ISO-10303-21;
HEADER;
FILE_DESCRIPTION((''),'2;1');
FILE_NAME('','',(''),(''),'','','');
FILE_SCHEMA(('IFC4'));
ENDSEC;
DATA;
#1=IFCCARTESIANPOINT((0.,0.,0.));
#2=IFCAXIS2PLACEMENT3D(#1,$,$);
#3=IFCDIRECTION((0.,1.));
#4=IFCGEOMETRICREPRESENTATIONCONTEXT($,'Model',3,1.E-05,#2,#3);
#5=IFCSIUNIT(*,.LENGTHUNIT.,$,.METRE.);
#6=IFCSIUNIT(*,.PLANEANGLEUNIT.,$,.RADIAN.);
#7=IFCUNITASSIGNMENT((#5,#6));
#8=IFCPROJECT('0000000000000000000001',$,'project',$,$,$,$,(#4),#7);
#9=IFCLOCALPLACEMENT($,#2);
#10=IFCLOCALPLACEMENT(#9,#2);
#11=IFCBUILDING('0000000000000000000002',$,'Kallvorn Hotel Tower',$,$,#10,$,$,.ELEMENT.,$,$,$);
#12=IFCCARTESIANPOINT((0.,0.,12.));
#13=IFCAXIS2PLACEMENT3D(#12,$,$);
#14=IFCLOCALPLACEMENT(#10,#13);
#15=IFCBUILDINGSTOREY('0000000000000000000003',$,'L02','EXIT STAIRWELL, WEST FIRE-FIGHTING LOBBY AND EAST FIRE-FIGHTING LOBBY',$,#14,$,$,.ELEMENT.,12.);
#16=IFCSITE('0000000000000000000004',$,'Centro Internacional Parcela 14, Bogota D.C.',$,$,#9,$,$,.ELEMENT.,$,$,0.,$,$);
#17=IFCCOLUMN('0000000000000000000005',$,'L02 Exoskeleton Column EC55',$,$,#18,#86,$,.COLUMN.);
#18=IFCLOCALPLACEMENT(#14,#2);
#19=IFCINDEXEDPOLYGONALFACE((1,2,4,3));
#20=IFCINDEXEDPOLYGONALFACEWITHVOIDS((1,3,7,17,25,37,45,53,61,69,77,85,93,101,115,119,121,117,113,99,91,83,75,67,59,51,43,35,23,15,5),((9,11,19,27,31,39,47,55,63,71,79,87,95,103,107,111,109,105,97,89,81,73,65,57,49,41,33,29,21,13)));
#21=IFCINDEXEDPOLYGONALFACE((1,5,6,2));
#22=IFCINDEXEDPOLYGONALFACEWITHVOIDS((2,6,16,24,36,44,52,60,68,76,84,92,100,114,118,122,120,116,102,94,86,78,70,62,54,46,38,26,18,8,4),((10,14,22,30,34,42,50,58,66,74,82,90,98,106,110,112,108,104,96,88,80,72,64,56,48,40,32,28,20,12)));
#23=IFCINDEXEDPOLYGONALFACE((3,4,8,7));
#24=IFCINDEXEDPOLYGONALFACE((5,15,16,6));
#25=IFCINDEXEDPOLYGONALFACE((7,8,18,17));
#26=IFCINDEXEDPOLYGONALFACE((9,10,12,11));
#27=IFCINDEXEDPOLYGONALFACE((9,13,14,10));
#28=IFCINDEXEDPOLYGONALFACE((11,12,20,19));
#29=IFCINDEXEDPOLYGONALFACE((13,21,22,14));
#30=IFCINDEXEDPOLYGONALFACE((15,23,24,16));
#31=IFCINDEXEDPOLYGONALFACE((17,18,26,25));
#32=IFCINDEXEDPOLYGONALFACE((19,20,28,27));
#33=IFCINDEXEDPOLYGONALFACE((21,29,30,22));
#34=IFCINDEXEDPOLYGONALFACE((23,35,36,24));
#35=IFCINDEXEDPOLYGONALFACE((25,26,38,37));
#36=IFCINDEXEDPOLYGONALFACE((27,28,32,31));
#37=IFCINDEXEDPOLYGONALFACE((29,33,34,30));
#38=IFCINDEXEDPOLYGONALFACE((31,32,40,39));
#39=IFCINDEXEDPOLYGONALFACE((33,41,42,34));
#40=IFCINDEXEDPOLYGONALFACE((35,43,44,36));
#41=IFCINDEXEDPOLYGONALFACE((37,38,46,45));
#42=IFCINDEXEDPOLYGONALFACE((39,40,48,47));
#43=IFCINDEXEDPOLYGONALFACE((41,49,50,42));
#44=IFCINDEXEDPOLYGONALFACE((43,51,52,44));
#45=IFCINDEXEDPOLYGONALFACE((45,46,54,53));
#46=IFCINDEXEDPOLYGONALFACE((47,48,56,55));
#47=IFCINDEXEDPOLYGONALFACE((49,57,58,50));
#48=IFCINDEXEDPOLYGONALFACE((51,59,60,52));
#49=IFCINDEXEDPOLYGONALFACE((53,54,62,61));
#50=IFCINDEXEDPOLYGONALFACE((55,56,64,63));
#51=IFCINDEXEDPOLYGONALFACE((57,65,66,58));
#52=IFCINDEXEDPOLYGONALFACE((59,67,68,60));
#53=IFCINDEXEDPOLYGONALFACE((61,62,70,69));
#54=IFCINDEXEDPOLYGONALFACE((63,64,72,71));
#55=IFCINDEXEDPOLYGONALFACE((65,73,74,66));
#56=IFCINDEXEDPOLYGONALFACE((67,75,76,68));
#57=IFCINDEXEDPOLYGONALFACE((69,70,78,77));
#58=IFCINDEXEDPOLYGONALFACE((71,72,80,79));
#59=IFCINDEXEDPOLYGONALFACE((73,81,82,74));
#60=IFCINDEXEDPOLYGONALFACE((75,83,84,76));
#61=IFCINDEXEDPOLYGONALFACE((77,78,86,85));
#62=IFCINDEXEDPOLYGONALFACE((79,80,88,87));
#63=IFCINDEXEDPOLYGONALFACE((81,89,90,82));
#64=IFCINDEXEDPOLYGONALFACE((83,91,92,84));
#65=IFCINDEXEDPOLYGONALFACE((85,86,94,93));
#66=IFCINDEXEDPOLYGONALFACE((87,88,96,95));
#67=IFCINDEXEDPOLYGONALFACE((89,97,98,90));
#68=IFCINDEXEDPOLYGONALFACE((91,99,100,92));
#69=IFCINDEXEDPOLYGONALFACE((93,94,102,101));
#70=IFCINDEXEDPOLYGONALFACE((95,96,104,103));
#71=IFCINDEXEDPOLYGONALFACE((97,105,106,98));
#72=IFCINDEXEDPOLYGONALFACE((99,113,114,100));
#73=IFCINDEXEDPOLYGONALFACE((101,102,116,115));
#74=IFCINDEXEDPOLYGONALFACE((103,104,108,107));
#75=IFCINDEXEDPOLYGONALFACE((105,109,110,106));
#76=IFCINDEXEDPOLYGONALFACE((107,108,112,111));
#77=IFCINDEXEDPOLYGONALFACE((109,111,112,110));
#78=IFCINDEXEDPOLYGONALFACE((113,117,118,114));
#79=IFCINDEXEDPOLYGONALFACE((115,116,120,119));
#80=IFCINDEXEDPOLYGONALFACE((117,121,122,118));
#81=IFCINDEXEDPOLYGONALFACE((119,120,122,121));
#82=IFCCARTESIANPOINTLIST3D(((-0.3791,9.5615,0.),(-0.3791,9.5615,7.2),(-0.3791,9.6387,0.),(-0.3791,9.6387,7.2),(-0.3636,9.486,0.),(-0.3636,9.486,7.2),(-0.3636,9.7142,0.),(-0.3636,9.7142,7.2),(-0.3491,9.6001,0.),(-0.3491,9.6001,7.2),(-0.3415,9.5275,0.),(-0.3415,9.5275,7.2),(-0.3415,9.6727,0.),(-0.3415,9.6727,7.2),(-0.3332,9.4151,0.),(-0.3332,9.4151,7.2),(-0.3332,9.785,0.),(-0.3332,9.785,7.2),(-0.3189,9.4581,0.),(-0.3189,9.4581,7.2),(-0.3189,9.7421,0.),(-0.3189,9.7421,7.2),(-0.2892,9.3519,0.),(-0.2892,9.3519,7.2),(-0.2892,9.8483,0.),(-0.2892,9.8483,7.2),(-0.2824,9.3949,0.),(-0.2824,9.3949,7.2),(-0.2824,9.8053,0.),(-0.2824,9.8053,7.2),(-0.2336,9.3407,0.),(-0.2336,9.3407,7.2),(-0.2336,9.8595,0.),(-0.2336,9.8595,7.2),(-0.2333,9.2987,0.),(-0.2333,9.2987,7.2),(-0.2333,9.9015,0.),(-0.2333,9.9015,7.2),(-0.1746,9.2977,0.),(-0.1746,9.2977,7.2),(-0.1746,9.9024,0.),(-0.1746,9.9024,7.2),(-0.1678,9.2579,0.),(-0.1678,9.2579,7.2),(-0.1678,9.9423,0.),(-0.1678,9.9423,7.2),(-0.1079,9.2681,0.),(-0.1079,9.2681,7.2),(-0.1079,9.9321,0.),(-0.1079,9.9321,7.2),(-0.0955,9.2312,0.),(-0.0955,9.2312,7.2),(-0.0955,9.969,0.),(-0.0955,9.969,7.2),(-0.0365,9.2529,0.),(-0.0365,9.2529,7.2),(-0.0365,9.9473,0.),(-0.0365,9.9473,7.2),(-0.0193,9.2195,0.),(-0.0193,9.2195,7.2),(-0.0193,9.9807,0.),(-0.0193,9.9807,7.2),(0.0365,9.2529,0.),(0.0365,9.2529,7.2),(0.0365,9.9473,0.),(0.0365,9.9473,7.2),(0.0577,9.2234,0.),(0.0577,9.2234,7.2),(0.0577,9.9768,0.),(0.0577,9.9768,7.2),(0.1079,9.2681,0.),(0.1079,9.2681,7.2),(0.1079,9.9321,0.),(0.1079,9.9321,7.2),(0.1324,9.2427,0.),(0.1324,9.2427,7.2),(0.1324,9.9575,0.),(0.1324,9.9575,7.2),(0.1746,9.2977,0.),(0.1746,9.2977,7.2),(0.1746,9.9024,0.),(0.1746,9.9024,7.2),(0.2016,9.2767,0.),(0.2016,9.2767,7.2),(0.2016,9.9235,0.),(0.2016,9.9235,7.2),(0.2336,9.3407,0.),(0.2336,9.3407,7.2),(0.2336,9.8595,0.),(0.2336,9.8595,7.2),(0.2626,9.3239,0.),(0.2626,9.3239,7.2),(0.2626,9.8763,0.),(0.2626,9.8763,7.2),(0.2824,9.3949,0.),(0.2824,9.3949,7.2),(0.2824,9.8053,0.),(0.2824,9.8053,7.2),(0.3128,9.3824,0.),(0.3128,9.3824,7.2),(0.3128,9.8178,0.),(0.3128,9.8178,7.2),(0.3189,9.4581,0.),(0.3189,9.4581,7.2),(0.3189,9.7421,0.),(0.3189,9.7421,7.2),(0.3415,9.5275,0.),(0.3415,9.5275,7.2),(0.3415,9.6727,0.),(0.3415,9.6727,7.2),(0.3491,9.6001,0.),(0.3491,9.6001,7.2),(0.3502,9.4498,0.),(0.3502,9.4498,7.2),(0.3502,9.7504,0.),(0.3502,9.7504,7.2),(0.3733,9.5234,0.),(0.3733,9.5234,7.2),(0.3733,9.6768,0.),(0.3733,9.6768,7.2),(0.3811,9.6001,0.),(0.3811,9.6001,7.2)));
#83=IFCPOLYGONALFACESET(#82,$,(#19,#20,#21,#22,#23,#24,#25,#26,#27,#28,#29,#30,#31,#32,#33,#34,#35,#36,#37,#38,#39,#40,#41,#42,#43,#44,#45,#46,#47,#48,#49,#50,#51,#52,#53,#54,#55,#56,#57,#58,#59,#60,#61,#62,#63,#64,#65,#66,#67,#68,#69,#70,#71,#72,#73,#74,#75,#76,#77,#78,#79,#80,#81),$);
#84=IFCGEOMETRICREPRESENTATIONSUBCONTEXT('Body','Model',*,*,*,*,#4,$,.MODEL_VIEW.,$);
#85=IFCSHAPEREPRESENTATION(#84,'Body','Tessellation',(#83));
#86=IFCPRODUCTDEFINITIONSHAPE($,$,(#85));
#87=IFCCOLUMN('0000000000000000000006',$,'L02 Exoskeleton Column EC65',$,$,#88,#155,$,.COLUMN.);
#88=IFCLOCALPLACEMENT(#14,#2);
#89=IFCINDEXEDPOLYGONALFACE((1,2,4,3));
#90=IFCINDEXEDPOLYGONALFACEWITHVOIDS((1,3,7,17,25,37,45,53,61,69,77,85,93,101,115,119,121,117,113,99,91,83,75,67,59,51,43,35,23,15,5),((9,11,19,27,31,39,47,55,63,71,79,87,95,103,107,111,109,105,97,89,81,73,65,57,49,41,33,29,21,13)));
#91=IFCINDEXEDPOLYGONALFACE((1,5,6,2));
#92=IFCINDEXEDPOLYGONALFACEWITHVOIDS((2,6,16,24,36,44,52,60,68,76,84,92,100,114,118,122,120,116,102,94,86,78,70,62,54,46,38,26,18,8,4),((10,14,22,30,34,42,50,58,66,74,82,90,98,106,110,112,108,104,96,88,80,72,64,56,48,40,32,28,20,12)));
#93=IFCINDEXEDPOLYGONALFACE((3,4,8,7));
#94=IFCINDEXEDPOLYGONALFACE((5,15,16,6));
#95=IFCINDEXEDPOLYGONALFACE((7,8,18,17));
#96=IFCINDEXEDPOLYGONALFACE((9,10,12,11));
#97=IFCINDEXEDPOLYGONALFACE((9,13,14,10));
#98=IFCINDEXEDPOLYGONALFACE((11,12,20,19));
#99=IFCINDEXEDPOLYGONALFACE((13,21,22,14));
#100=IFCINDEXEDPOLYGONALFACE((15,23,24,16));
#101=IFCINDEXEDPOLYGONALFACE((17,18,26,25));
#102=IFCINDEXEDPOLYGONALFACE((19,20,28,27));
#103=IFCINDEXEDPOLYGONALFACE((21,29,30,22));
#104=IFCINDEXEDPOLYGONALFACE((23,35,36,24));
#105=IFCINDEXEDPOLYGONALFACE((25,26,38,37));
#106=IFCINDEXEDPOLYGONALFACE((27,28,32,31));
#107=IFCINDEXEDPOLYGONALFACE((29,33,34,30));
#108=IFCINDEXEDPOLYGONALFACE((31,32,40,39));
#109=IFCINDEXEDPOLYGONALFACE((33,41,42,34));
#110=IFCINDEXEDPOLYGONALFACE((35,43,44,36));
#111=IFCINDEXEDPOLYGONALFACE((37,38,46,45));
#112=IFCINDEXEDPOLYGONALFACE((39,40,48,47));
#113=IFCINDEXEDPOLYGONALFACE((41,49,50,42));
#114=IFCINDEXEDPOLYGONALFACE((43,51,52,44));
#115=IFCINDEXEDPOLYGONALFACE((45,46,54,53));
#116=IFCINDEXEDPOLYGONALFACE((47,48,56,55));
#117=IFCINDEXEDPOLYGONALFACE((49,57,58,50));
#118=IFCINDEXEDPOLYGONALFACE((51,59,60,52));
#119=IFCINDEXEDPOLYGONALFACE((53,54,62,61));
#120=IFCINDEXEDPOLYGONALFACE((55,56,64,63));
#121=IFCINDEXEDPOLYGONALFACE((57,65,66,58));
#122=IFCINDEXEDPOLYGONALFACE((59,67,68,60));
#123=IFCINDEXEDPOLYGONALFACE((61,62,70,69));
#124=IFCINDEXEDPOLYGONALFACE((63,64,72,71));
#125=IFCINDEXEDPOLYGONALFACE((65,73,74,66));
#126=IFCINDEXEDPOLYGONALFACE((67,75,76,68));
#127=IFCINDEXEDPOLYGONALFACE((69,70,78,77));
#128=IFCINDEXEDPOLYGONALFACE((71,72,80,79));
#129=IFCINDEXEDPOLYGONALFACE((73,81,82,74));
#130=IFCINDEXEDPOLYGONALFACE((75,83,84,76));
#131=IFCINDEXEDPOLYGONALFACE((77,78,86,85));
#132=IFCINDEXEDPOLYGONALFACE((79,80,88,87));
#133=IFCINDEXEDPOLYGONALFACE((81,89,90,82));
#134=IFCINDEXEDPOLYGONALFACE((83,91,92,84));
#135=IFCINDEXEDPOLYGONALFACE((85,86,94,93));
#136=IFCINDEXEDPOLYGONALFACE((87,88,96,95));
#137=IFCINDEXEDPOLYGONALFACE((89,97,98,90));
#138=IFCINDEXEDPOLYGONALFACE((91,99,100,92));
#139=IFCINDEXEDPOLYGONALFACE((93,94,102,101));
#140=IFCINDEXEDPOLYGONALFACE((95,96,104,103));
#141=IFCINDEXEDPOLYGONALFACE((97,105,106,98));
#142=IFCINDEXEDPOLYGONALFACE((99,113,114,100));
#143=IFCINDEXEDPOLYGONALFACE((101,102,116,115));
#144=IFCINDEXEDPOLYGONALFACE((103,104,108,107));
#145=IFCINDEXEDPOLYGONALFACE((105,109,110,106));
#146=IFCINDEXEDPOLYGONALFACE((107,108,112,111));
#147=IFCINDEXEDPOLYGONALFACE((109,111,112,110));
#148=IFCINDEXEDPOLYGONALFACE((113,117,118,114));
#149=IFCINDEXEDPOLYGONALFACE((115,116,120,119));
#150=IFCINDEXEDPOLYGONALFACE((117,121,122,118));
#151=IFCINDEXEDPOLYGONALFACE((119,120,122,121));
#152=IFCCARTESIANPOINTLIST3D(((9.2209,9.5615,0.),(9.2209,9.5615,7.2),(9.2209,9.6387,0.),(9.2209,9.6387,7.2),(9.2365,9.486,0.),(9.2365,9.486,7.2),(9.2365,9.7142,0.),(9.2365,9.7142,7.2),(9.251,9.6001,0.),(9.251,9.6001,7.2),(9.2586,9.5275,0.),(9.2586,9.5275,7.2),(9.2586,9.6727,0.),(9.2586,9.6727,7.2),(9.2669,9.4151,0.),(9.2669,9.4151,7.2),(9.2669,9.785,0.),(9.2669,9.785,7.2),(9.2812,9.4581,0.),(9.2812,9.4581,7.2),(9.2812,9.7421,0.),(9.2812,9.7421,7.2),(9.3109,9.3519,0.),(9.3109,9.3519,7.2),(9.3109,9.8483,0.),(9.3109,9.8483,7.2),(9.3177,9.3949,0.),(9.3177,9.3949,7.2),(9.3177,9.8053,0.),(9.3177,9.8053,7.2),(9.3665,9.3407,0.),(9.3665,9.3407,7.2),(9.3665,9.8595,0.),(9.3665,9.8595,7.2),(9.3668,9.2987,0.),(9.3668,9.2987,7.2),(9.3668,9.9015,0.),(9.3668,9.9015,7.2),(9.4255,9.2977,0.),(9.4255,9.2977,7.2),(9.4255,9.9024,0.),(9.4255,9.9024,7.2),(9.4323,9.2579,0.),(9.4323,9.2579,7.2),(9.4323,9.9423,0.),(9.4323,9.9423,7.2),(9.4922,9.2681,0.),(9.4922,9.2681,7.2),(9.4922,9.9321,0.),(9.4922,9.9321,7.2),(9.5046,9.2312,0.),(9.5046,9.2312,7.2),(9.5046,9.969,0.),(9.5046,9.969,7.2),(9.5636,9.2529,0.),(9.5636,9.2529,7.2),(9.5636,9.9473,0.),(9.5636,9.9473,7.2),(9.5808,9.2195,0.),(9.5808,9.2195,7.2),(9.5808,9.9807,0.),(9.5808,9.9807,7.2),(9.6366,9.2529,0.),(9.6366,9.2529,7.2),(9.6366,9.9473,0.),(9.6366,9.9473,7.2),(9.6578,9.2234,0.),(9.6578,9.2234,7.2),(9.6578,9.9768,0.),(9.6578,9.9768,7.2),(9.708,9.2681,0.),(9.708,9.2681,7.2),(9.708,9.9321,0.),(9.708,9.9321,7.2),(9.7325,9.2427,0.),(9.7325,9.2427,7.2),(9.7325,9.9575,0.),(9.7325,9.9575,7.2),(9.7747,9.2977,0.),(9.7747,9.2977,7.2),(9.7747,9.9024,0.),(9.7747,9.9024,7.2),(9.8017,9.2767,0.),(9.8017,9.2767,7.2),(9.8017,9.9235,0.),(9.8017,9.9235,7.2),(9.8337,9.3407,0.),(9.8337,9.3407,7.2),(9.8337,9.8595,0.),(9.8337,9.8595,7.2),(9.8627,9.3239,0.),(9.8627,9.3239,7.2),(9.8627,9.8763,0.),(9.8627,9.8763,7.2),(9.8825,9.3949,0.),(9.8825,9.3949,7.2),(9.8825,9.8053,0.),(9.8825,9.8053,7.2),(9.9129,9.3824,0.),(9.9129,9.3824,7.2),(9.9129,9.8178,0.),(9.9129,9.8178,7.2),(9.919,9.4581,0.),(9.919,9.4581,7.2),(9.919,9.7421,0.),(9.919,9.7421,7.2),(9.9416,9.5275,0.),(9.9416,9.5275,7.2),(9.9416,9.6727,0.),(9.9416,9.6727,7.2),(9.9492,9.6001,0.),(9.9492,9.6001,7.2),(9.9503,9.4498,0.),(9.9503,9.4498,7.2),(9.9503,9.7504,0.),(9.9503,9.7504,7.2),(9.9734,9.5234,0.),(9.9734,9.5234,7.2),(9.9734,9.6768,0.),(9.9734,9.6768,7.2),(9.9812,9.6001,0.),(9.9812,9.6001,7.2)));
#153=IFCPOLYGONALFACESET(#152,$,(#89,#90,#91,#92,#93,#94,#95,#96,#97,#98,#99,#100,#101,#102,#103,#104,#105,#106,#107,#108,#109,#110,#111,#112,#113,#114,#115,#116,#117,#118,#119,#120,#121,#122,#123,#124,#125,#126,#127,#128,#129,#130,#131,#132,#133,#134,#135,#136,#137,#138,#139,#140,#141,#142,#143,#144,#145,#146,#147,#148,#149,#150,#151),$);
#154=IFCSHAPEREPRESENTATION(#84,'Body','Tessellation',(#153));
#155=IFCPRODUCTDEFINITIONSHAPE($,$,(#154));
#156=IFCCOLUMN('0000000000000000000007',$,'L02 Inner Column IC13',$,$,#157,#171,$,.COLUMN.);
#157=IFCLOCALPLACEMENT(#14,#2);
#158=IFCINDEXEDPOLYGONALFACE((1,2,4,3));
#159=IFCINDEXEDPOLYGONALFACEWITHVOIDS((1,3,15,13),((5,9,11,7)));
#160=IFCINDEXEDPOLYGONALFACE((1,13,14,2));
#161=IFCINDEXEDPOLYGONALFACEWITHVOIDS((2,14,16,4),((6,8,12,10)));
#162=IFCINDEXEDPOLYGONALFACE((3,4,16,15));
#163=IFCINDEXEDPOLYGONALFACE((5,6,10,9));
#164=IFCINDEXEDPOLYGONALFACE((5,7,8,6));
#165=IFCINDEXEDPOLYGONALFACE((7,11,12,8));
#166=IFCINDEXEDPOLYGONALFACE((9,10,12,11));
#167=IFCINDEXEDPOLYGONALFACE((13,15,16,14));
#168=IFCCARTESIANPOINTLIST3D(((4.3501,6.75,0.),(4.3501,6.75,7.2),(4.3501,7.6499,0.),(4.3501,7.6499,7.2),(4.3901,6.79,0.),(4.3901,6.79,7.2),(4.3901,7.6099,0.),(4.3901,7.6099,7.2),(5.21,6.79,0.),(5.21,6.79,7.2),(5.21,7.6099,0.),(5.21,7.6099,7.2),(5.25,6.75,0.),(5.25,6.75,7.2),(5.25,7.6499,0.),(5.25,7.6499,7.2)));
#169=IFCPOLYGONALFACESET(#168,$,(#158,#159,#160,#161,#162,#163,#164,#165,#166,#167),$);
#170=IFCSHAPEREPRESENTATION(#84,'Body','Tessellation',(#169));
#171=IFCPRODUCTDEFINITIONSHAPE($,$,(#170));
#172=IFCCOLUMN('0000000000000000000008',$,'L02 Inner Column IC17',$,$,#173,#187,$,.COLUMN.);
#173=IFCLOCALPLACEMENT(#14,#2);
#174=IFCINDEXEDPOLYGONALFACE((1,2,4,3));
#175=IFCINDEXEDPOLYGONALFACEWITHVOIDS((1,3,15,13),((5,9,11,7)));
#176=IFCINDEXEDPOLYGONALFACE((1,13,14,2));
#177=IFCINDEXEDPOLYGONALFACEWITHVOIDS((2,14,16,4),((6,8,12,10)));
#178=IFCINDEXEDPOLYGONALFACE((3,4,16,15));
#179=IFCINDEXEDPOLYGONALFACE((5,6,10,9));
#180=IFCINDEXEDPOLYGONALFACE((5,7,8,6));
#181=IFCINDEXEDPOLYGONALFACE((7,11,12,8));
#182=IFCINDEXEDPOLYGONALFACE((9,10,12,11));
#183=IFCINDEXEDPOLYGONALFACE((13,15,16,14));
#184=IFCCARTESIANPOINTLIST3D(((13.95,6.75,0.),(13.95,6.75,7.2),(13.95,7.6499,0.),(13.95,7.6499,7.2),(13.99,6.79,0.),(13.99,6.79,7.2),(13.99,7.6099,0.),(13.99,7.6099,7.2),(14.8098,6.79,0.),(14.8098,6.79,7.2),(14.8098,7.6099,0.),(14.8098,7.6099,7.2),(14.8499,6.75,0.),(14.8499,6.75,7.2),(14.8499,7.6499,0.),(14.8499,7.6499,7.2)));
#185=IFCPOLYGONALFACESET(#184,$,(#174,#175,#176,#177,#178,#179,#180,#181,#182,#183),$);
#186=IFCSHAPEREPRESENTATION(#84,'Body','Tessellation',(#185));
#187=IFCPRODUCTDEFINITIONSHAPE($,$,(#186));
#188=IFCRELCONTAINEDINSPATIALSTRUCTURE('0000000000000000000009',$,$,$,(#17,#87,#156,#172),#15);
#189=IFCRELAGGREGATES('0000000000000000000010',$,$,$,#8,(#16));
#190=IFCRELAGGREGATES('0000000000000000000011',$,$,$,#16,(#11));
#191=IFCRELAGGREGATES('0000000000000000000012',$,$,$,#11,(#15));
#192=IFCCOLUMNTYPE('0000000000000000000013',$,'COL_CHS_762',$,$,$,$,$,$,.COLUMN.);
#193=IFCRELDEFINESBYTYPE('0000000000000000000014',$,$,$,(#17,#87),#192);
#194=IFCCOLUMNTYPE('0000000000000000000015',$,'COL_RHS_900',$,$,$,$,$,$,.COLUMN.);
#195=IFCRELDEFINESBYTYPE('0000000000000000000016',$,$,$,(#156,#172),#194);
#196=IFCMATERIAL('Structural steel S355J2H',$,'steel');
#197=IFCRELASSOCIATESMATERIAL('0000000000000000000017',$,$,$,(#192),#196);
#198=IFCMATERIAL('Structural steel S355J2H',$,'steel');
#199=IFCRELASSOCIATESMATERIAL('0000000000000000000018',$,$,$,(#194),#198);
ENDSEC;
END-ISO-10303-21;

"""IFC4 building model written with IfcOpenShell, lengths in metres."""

from ifc_helpers import new_model, si_unit, direction, frame, origin, origin_2d, place, context, subcontext, project, spatial, hollow_rectangle, hollow_circle, extrude, material, material_profile, profile_set, type_object, element, save


model = new_model("IFC4")

# Units and contexts
model_context = context("Model", 3, precision=1e-05, world=origin(), true_north=direction((0.0, 1.0)))
body_context = subcontext(model_context, "Body", "Model", "MODEL_VIEW")
ifc_project = project(units=[si_unit("LENGTHUNIT", "METRE"), si_unit("PLANEANGLEUNIT", "RADIAN")], contexts=[model_context])

# Site, building, storey
site_placement = place(None, origin())
site = spatial("IfcSite", under=ifc_project, at=site_placement, Name="Centro Internacional Parcela 14, Bogota D.C.", CompositionType="ELEMENT", RefElevation=0.0)
building_placement = place(site_placement, origin())
building = spatial("IfcBuilding", under=site, at=building_placement, Name="Kallvorn Hotel Tower", CompositionType="ELEMENT")
storey_placement = place(building_placement, frame((0.0, 0.0, 12.0)))
storey = spatial("IfcBuildingStorey", under=building, at=storey_placement, Name="L02", Description="EXIT STAIRWELL, WEST FIRE-FIGHTING LOBBY AND EAST FIRE-FIGHTING LOBBY", CompositionType="ELEMENT", Elevation=12.0)

# Columns
ifc_material_1 = material(Name="Structural steel S355J2H", Category="steel")
ifc_material_profile_1 = material_profile(ifc_material_1, hollow_circle(Radius=0.3811, WallThickness=0.032, at=origin_2d()), Name="CHS 762x32")
ifc_profile_set_1 = profile_set([ifc_material_profile_1], Name="Structural steel S355J2H")
column_type_1 = type_object("IfcColumnType", Name="COL_CHS_762", PredefinedType="COLUMN", material=ifc_profile_set_1)
for number, where, z_axis, x_axis, name in (
    (1, (0.0, 9.6001, 0.0), (0.0, 0.0, 1.0), (1.0, 0.0, 0.0), "L02 Exoskeleton Column EC55"),
    (2, (9.6001, 9.6001, 0.0), (0.0, 0.0, 1.0), (1.0, 0.0, 0.0), "L02 Exoskeleton Column EC65"),
):
    element("IfcColumn", number, at=place(storey_placement, frame(where, z_axis=z_axis, x_axis=x_axis)), inside=storey, type_object=column_type_1, Name=name, PredefinedType="COLUMN", context=body_context, shape_type="SweptSolid", body=[
        extrude(hollow_circle(Radius=0.3811, WallThickness=0.032, at=origin_2d()), origin(), (0.0, 0.0, 1.0), 7.2),
    ])
ifc_material_2 = material(Name="Structural steel S355J2H", Category="steel")
ifc_material_profile_2 = material_profile(ifc_material_2, hollow_rectangle(XDim=0.8999, YDim=0.8999, WallThickness=0.04, at=origin_2d()), Name="RHS 900x900x40")
ifc_profile_set_2 = profile_set([ifc_material_profile_2], Name="Structural steel S355J2H")
column_type_2 = type_object("IfcColumnType", Name="COL_RHS_900", PredefinedType="COLUMN", material=ifc_profile_set_2)
for number, where, z_axis, x_axis, name in (
    (3, (4.8, 7.2, 0.0), (0.0, 0.0, 1.0), (1.0, 0.0, 0.0), "L02 Inner Column IC13"),
    (4, (14.3999, 7.2, 0.0), (0.0, 0.0, 1.0), (1.0, 0.0, 0.0), "L02 Inner Column IC17"),
):
    element("IfcColumn", number, at=place(storey_placement, frame(where, z_axis=z_axis, x_axis=x_axis)), inside=storey, type_object=column_type_2, Name=name, PredefinedType="COLUMN", context=body_context, shape_type="SweptSolid", body=[
        extrude(hollow_rectangle(XDim=0.8999, YDim=0.8999, WallThickness=0.04, at=origin_2d()), origin(), (0.0, 0.0, 1.0), 7.2),
    ])

save(model, "model.ifc")
